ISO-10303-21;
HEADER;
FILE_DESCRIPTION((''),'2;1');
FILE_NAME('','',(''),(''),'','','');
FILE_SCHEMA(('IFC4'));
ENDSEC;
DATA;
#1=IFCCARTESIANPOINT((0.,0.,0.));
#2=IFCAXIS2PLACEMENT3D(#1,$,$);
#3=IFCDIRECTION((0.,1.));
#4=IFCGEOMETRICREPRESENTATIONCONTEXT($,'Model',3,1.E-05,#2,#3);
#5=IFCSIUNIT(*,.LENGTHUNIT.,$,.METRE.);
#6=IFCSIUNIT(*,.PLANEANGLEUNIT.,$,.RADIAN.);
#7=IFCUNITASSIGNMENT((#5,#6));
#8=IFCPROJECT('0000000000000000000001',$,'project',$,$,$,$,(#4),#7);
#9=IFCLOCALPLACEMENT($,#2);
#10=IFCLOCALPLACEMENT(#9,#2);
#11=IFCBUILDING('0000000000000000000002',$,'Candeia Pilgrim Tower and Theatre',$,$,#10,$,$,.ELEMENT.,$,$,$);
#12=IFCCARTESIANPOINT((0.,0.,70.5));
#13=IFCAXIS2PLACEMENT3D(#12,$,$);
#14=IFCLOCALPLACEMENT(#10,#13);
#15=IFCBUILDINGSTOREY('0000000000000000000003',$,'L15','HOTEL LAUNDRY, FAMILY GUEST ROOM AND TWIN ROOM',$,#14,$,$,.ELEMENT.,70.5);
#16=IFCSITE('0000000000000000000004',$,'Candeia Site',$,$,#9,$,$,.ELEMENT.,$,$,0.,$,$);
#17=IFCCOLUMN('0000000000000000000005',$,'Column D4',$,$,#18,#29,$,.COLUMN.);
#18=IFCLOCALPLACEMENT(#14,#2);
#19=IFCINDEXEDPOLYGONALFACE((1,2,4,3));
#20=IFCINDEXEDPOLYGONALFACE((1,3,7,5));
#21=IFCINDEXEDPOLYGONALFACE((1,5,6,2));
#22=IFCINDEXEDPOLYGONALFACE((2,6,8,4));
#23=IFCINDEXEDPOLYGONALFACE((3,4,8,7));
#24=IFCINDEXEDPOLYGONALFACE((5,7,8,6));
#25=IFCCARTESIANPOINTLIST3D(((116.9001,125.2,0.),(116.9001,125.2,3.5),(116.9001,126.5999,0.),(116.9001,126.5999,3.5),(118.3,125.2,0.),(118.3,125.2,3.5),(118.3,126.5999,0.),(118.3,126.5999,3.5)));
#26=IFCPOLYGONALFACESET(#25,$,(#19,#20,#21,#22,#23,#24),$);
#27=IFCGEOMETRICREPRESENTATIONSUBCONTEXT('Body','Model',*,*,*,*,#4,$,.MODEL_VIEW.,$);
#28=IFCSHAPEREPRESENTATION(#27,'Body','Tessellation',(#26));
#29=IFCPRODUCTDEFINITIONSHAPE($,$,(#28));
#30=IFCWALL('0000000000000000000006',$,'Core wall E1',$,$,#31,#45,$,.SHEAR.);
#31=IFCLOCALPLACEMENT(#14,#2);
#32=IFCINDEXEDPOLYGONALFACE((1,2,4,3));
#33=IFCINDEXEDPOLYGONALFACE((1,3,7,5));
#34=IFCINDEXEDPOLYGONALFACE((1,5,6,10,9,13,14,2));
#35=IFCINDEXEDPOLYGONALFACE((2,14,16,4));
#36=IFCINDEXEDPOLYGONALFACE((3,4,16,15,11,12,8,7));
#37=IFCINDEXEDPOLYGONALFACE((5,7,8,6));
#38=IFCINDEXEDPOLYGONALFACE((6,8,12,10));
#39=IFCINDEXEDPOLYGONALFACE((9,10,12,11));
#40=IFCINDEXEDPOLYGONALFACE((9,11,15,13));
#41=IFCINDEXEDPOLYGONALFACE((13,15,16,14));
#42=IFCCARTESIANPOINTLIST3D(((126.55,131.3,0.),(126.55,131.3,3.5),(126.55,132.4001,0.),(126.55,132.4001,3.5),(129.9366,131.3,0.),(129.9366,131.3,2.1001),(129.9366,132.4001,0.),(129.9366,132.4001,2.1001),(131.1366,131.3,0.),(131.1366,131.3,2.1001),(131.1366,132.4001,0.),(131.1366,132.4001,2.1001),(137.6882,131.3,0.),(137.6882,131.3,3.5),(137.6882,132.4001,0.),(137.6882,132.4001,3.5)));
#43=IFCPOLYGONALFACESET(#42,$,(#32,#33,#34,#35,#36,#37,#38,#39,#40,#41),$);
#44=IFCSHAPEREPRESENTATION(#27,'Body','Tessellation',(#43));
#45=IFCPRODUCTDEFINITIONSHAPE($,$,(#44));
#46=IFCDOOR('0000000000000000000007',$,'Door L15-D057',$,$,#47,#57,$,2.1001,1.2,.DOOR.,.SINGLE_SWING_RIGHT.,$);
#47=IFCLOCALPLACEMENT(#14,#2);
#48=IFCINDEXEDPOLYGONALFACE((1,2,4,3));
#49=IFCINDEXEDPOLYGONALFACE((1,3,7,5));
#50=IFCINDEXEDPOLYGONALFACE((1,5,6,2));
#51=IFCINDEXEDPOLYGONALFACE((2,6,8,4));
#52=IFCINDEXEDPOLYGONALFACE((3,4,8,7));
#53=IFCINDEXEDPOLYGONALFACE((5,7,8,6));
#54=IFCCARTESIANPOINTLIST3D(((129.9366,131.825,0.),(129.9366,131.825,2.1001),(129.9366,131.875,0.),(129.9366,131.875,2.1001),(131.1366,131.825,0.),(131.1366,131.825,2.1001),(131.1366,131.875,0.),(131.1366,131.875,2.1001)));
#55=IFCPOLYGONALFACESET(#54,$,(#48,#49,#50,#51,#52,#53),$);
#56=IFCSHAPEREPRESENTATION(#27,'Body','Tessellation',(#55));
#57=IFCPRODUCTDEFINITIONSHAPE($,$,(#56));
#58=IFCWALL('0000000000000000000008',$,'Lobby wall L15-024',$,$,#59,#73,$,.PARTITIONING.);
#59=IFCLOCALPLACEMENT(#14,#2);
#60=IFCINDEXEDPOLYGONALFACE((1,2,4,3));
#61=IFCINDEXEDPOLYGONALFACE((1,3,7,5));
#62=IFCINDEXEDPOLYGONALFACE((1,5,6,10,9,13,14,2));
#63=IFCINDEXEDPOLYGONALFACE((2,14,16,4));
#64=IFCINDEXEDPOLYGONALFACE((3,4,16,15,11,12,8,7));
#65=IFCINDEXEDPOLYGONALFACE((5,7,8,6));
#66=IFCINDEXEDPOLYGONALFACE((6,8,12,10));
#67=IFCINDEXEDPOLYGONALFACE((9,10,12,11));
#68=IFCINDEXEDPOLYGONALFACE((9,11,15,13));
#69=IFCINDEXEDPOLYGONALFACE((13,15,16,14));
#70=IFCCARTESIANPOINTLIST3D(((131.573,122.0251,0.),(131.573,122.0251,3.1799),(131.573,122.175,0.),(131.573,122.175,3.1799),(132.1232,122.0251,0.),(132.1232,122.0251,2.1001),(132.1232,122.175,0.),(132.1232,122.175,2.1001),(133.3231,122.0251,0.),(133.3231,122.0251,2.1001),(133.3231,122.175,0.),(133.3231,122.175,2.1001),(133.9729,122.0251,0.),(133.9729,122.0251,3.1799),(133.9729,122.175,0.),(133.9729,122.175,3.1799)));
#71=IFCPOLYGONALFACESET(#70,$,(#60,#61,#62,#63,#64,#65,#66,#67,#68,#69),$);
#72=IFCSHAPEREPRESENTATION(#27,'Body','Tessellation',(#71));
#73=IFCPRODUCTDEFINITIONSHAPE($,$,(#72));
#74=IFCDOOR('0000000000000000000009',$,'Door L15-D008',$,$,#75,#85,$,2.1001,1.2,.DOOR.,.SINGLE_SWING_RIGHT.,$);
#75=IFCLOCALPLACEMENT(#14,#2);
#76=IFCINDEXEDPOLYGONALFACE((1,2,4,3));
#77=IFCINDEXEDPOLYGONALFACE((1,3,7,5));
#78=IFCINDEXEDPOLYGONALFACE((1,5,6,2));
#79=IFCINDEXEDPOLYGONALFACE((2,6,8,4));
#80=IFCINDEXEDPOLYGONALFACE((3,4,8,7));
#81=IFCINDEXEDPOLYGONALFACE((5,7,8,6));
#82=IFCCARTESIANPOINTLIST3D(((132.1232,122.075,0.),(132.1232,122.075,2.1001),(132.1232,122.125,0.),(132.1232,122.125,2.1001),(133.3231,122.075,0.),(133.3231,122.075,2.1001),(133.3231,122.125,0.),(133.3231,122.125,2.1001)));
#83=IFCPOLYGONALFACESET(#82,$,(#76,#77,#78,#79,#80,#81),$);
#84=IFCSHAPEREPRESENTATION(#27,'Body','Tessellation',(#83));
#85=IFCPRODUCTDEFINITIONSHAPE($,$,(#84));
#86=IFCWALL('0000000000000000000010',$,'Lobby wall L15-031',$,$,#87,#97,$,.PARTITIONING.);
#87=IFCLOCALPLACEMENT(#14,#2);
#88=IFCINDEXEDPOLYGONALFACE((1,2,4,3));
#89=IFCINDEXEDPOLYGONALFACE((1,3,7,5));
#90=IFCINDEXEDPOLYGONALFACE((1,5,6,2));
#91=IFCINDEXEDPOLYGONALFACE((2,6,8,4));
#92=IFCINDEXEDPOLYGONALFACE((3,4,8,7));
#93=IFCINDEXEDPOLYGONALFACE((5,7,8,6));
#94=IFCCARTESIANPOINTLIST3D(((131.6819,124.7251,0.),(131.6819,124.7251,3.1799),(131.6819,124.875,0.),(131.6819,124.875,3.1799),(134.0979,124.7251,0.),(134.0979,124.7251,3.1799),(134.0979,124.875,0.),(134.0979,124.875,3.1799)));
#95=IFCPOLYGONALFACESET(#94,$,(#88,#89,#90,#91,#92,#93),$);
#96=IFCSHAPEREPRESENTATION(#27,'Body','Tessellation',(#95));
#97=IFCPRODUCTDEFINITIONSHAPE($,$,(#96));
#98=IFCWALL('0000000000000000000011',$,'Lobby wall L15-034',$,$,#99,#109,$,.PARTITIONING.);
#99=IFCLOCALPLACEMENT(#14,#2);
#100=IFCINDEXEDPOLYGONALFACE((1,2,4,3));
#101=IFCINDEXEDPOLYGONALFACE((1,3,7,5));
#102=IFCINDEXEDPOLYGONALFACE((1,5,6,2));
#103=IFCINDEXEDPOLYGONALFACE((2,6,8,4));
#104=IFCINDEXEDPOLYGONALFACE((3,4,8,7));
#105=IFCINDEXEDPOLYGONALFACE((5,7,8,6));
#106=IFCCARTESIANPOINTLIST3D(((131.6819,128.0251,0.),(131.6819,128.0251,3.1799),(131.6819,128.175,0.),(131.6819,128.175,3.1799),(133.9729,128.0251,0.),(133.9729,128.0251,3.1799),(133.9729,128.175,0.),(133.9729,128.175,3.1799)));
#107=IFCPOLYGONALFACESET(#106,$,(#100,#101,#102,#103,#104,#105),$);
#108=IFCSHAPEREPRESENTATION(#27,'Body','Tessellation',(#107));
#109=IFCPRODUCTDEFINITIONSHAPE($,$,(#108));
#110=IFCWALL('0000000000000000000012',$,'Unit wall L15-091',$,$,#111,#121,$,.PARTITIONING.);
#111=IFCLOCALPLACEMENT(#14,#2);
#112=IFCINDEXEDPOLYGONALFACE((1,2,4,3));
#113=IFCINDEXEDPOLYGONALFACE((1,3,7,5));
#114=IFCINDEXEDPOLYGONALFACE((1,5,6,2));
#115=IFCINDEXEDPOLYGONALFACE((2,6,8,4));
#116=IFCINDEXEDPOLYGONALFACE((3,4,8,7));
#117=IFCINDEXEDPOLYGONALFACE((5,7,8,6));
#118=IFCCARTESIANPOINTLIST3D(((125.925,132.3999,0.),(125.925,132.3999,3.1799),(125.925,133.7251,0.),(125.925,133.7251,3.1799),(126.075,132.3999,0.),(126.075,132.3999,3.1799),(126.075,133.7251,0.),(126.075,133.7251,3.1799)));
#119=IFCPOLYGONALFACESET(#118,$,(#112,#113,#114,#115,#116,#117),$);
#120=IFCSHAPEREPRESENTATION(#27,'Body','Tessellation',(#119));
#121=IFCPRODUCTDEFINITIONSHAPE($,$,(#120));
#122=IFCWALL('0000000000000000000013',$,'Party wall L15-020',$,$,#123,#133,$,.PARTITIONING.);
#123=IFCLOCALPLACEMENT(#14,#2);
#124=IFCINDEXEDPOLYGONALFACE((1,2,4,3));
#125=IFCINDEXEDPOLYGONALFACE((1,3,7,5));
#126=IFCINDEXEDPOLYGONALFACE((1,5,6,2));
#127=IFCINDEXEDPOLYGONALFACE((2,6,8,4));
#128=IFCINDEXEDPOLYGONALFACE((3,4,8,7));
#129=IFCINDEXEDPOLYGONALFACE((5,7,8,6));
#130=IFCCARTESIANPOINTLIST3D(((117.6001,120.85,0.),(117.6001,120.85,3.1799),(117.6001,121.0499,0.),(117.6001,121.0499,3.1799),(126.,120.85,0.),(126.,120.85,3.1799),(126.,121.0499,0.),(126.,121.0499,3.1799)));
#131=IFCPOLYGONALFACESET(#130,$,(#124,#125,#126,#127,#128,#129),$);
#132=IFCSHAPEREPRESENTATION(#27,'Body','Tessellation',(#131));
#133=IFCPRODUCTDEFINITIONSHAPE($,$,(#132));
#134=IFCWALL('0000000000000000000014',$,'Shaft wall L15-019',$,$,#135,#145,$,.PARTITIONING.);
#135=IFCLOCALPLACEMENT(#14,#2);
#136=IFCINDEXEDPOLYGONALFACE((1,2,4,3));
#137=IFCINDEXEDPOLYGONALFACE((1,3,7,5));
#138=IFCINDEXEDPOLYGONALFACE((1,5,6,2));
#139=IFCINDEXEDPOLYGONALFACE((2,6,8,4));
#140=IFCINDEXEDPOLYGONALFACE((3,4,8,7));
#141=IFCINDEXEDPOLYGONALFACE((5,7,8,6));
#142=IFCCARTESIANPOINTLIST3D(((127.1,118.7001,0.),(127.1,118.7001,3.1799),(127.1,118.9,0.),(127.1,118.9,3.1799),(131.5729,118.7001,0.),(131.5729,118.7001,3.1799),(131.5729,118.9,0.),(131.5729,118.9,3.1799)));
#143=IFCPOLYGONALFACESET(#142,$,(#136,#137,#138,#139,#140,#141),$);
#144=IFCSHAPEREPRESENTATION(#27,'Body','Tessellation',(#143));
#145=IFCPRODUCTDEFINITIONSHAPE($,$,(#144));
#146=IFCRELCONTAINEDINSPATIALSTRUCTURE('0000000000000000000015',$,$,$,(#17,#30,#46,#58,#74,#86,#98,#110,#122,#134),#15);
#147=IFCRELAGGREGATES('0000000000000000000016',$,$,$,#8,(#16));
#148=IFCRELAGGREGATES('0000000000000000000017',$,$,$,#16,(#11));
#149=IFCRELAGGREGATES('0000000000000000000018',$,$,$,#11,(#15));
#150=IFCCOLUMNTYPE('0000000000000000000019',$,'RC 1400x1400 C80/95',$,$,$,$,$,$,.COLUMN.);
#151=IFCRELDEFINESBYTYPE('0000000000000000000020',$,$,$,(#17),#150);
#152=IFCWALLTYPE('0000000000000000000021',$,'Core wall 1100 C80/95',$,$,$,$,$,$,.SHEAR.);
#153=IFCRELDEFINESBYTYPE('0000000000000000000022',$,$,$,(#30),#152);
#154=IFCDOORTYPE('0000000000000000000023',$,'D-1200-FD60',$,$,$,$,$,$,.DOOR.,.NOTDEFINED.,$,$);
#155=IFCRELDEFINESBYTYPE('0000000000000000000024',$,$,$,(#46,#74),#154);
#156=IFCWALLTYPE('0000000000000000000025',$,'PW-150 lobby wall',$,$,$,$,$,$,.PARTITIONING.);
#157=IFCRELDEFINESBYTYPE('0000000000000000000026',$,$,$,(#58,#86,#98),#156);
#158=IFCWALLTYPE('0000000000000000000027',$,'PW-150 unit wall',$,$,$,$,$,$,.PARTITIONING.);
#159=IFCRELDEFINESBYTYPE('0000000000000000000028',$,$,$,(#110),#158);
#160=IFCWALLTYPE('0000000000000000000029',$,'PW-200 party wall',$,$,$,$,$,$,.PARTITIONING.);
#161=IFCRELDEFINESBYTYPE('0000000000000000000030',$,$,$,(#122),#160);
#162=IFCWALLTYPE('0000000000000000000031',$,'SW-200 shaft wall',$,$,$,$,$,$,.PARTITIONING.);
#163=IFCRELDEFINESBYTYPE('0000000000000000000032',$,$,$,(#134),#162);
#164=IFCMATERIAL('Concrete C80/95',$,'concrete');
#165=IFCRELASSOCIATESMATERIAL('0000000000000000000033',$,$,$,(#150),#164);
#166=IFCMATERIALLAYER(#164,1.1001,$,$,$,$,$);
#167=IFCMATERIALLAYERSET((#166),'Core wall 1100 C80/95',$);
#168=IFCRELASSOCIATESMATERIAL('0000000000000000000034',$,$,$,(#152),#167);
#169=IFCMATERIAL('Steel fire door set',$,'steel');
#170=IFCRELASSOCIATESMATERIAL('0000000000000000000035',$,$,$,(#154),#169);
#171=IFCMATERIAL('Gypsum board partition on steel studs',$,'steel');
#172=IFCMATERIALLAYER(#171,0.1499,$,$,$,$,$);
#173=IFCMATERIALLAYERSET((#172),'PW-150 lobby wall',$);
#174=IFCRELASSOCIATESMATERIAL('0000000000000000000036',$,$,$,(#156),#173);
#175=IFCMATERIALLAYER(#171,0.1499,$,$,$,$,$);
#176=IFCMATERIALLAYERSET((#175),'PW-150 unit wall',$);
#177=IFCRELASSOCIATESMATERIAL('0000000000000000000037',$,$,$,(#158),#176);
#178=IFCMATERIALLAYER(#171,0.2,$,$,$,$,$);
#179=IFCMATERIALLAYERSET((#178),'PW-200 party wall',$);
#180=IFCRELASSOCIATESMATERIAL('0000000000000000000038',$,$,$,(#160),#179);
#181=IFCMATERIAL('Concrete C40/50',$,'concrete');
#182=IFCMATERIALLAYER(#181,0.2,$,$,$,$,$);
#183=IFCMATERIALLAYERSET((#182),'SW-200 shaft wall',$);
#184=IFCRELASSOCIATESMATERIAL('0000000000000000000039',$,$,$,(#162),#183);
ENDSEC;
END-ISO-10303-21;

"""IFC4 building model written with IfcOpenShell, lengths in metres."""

from ifc_helpers import new_model, si_unit, direction, frame, frame_2d, origin, origin_2d, place, context, subcontext, project, spatial, rectangle, extrude, material, layer, layer_set, material_profile, profile_set, type_object, element, fill, save


model = new_model("IFC4")

# Units and contexts
model_context = context("Model", 3, precision=1e-05, world=origin(), true_north=direction((0.0, 1.0)))
body_context = subcontext(model_context, "Body", "Model", "MODEL_VIEW")
ifc_project = project(units=[si_unit("LENGTHUNIT", "METRE"), si_unit("PLANEANGLEUNIT", "RADIAN")], contexts=[model_context])

# Site, building, storey
site_placement = place(None, origin())
site = spatial("IfcSite", under=ifc_project, at=site_placement, Name="Candeia Site", CompositionType="ELEMENT", RefElevation=0.0)
building_placement = place(site_placement, origin())
building = spatial("IfcBuilding", under=site, at=building_placement, Name="Candeia Pilgrim Tower and Theatre", CompositionType="ELEMENT")
storey_placement = place(building_placement, frame((0.0, 0.0, 70.5)))
storey = spatial("IfcBuildingStorey", under=building, at=storey_placement, Name="L15", Description="HOTEL LAUNDRY, FAMILY GUEST ROOM AND TWIN ROOM", CompositionType="ELEMENT", Elevation=70.5)

# Column
ifc_material_1 = material(Name="Concrete C80/95", Category="concrete")
ifc_material_profile = material_profile(ifc_material_1, rectangle(XDim=1.3999, YDim=1.3999, at=origin_2d()))
ifc_profile_set = profile_set([ifc_material_profile], Name="Concrete C80/95")
column_type = type_object("IfcColumnType", Name="RC 1400x1400 C80/95", PredefinedType="COLUMN", material=ifc_profile_set)
column_placement = place(storey_placement, frame((117.6001, 125.8999, 0.0), z_axis=(0.0, 0.0, 1.0), x_axis=(1.0, 0.0, 0.0)))
element("IfcColumn", 1, at=column_placement, inside=storey, type_object=column_type, Name="Column D4", PredefinedType="COLUMN", context=body_context, shape_type="SweptSolid", body=[
    extrude(rectangle(XDim=1.3999, YDim=1.3999, at=origin_2d()), origin(), (0.0, 0.0, 1.0), 3.5),
])

# Walls, openings, doors
ifc_layer_1 = layer(ifc_material_1, 1.1001)
ifc_layer_set_1 = layer_set([ifc_layer_1], Name="Core wall 1100 C80/95")
wall_type_1 = type_object("IfcWallType", Name="Core wall 1100 C80/95", PredefinedType="SHEAR", material=ifc_layer_set_1)
wall_1_placement = place(storey_placement, frame((126.55, 131.8501, 0.0), z_axis=(0.0, 0.0, 1.0), x_axis=(1.0, 0.0, 0.0)))
wall_1 = element("IfcWall", 2, at=wall_1_placement, inside=storey, type_object=wall_type_1, Name="Core wall E1", PredefinedType="SHEAR", context=body_context, shape_type="SweptSolid", body=[
    extrude(rectangle(XDim=11.1382, YDim=1.1001, at=frame_2d((5.5691, 0.0))), origin(), (0.0, 0.0, 1.0), 3.5),
])
opening_1_placement = place(wall_1_placement, frame((3.3865, 0.0, 0.0)))
opening_1 = element("IfcOpeningElement", 3, at=opening_1_placement, cuts=wall_1, PredefinedType="OPENING", context=body_context, shape_type="SweptSolid", body=[
    extrude(rectangle(XDim=1.2, YDim=2.1001, at=frame_2d((0.6001, 1.05))), frame((0.0, 0.5601, 0.0), z_axis=(0.0, -1.0, 0.0), x_axis=(1.0, 0.0, 0.0)), (0.0, 0.0, 1.0), 1.1201),
])
ifc_material_2 = material(Name="Steel fire door set", Category="steel")
door_type_1 = type_object("IfcDoorType", Name="D-1200-FD60", OperationType="NOTDEFINED", PredefinedType="DOOR", material=ifc_material_2)
door_1_placement = place(opening_1_placement, origin())
door_1 = element("IfcDoor", 4, at=door_1_placement, inside=storey, type_object=door_type_1, Name="Door L15-D057", OperationType="SINGLE_SWING_RIGHT", OverallHeight=2.1001, OverallWidth=1.2, PredefinedType="DOOR", context=body_context, shape_type="SweptSolid", body=[
    extrude(rectangle(XDim=1.2, YDim=2.1001, at=frame_2d((0.6001, 1.05))), frame((0.0, 0.0249, 0.0), z_axis=(0.0, -1.0, 0.0), x_axis=(1.0, 0.0, 0.0)), (0.0, 0.0, 1.0), 0.05),
])
fill(opening_1, door_1)
ifc_material_3 = material(Name="Gypsum board partition on steel studs", Category="steel")
ifc_layer_2 = layer(ifc_material_3, 0.1499)
ifc_layer_set_2 = layer_set([ifc_layer_2], Name="PW-150 lobby wall")
wall_type_2 = type_object("IfcWallType", Name="PW-150 lobby wall", PredefinedType="PARTITIONING", material=ifc_layer_set_2)
wall_2_placement = place(storey_placement, frame((131.573, 122.1001, 0.0), z_axis=(0.0, 0.0, 1.0), x_axis=(1.0, 0.0, 0.0)))
wall_2 = element("IfcWall", 5, at=wall_2_placement, inside=storey, type_object=wall_type_2, Name="Lobby wall L15-024", PredefinedType="PARTITIONING", context=body_context, shape_type="SweptSolid", body=[
    extrude(rectangle(XDim=2.3999, YDim=0.1499, at=frame_2d((1.2, 0.0))), origin(), (0.0, 0.0, 1.0), 3.1799),
])
opening_2_placement = place(wall_2_placement, frame((0.55, 0.0, 0.0)))
opening_2 = element("IfcOpeningElement", 6, at=opening_2_placement, cuts=wall_2, PredefinedType="OPENING", context=body_context, shape_type="SweptSolid", body=[
    extrude(rectangle(XDim=1.2, YDim=2.1001, at=frame_2d((0.6001, 1.05))), frame((0.0, 0.085, 0.0), z_axis=(0.0, -1.0, 0.0), x_axis=(1.0, 0.0, 0.0)), (0.0, 0.0, 1.0), 0.1699),
])
door_2_placement = place(opening_2_placement, origin())
door_2 = element("IfcDoor", 7, at=door_2_placement, inside=storey, type_object=door_type_1, Name="Door L15-D008", OperationType="SINGLE_SWING_RIGHT", OverallHeight=2.1001, OverallWidth=1.2, PredefinedType="DOOR", context=body_context, shape_type="SweptSolid", body=[
    extrude(rectangle(XDim=1.2, YDim=2.1001, at=frame_2d((0.6001, 1.05))), frame((0.0, 0.0249, 0.0), z_axis=(0.0, -1.0, 0.0), x_axis=(1.0, 0.0, 0.0)), (0.0, 0.0, 1.0), 0.05),
])
fill(opening_2, door_2)

# Walls
wall_3_placement = place(storey_placement, frame((131.6819, 124.8, 0.0), z_axis=(0.0, 0.0, 1.0), x_axis=(1.0, 0.0, 0.0)))
element("IfcWall", 8, at=wall_3_placement, inside=storey, type_object=wall_type_2, Name="Lobby wall L15-031", PredefinedType="PARTITIONING", context=body_context, shape_type="SweptSolid", body=[
    extrude(rectangle(XDim=2.416, YDim=0.1499, at=frame_2d((1.208, 0.0))), origin(), (0.0, 0.0, 1.0), 3.1799),
])
wall_4_placement = place(storey_placement, frame((131.6819, 128.1001, 0.0), z_axis=(0.0, 0.0, 1.0), x_axis=(1.0, 0.0, 0.0)))
element("IfcWall", 9, at=wall_4_placement, inside=storey, type_object=wall_type_2, Name="Lobby wall L15-034", PredefinedType="PARTITIONING", context=body_context, shape_type="SweptSolid", body=[
    extrude(rectangle(XDim=2.291, YDim=0.1499, at=frame_2d((1.1455, 0.0))), origin(), (0.0, 0.0, 1.0), 3.1799),
])
ifc_layer_3 = layer(ifc_material_3, 0.1499)
ifc_layer_set_3 = layer_set([ifc_layer_3], Name="PW-150 unit wall")
wall_type_3 = type_object("IfcWallType", Name="PW-150 unit wall", PredefinedType="PARTITIONING", material=ifc_layer_set_3)
wall_5_placement = place(storey_placement, frame((126.0, 132.3999, 0.0), z_axis=(0.0, 0.0, 1.0), x_axis=(0.0, 1.0, 0.0)))
element("IfcWall", 10, at=wall_5_placement, inside=storey, type_object=wall_type_3, Name="Unit wall L15-091", PredefinedType="PARTITIONING", context=body_context, shape_type="SweptSolid", body=[
    extrude(rectangle(XDim=1.3252, YDim=0.1499, at=frame_2d((0.6626, 0.0))), origin(), (0.0, 0.0, 1.0), 3.1799),
])
ifc_layer_4 = layer(ifc_material_3, 0.2)
ifc_layer_set_4 = layer_set([ifc_layer_4], Name="PW-200 party wall")
wall_type_4 = type_object("IfcWallType", Name="PW-200 party wall", PredefinedType="PARTITIONING", material=ifc_layer_set_4)
wall_6_placement = place(storey_placement, frame((117.6001, 120.95, 0.0), z_axis=(0.0, 0.0, 1.0), x_axis=(1.0, 0.0, 0.0)))
element("IfcWall", 11, at=wall_6_placement, inside=storey, type_object=wall_type_4, Name="Party wall L15-020", PredefinedType="PARTITIONING", context=body_context, shape_type="SweptSolid", body=[
    extrude(rectangle(XDim=8.3999, YDim=0.2, at=frame_2d((4.2, 0.0))), origin(), (0.0, 0.0, 1.0), 3.1799),
])
ifc_material_4 = material(Name="Concrete C40/50", Category="concrete")
ifc_layer_5 = layer(ifc_material_4, 0.2)
ifc_layer_set_5 = layer_set([ifc_layer_5], Name="SW-200 shaft wall")
wall_type_5 = type_object("IfcWallType", Name="SW-200 shaft wall", PredefinedType="PARTITIONING", material=ifc_layer_set_5)
wall_7_placement = place(storey_placement, frame((127.1001, 118.8, 0.0), z_axis=(0.0, 0.0, 1.0), x_axis=(1.0, 0.0, 0.0)))
element("IfcWall", 12, at=wall_7_placement, inside=storey, type_object=wall_type_5, Name="Shaft wall L15-019", PredefinedType="PARTITIONING", context=body_context, shape_type="SweptSolid", body=[
    extrude(rectangle(XDim=4.4729, YDim=0.2, at=frame_2d((2.2363, 0.0))), origin(), (0.0, 0.0, 1.0), 3.1799),
])

save(model, "model.ifc")
